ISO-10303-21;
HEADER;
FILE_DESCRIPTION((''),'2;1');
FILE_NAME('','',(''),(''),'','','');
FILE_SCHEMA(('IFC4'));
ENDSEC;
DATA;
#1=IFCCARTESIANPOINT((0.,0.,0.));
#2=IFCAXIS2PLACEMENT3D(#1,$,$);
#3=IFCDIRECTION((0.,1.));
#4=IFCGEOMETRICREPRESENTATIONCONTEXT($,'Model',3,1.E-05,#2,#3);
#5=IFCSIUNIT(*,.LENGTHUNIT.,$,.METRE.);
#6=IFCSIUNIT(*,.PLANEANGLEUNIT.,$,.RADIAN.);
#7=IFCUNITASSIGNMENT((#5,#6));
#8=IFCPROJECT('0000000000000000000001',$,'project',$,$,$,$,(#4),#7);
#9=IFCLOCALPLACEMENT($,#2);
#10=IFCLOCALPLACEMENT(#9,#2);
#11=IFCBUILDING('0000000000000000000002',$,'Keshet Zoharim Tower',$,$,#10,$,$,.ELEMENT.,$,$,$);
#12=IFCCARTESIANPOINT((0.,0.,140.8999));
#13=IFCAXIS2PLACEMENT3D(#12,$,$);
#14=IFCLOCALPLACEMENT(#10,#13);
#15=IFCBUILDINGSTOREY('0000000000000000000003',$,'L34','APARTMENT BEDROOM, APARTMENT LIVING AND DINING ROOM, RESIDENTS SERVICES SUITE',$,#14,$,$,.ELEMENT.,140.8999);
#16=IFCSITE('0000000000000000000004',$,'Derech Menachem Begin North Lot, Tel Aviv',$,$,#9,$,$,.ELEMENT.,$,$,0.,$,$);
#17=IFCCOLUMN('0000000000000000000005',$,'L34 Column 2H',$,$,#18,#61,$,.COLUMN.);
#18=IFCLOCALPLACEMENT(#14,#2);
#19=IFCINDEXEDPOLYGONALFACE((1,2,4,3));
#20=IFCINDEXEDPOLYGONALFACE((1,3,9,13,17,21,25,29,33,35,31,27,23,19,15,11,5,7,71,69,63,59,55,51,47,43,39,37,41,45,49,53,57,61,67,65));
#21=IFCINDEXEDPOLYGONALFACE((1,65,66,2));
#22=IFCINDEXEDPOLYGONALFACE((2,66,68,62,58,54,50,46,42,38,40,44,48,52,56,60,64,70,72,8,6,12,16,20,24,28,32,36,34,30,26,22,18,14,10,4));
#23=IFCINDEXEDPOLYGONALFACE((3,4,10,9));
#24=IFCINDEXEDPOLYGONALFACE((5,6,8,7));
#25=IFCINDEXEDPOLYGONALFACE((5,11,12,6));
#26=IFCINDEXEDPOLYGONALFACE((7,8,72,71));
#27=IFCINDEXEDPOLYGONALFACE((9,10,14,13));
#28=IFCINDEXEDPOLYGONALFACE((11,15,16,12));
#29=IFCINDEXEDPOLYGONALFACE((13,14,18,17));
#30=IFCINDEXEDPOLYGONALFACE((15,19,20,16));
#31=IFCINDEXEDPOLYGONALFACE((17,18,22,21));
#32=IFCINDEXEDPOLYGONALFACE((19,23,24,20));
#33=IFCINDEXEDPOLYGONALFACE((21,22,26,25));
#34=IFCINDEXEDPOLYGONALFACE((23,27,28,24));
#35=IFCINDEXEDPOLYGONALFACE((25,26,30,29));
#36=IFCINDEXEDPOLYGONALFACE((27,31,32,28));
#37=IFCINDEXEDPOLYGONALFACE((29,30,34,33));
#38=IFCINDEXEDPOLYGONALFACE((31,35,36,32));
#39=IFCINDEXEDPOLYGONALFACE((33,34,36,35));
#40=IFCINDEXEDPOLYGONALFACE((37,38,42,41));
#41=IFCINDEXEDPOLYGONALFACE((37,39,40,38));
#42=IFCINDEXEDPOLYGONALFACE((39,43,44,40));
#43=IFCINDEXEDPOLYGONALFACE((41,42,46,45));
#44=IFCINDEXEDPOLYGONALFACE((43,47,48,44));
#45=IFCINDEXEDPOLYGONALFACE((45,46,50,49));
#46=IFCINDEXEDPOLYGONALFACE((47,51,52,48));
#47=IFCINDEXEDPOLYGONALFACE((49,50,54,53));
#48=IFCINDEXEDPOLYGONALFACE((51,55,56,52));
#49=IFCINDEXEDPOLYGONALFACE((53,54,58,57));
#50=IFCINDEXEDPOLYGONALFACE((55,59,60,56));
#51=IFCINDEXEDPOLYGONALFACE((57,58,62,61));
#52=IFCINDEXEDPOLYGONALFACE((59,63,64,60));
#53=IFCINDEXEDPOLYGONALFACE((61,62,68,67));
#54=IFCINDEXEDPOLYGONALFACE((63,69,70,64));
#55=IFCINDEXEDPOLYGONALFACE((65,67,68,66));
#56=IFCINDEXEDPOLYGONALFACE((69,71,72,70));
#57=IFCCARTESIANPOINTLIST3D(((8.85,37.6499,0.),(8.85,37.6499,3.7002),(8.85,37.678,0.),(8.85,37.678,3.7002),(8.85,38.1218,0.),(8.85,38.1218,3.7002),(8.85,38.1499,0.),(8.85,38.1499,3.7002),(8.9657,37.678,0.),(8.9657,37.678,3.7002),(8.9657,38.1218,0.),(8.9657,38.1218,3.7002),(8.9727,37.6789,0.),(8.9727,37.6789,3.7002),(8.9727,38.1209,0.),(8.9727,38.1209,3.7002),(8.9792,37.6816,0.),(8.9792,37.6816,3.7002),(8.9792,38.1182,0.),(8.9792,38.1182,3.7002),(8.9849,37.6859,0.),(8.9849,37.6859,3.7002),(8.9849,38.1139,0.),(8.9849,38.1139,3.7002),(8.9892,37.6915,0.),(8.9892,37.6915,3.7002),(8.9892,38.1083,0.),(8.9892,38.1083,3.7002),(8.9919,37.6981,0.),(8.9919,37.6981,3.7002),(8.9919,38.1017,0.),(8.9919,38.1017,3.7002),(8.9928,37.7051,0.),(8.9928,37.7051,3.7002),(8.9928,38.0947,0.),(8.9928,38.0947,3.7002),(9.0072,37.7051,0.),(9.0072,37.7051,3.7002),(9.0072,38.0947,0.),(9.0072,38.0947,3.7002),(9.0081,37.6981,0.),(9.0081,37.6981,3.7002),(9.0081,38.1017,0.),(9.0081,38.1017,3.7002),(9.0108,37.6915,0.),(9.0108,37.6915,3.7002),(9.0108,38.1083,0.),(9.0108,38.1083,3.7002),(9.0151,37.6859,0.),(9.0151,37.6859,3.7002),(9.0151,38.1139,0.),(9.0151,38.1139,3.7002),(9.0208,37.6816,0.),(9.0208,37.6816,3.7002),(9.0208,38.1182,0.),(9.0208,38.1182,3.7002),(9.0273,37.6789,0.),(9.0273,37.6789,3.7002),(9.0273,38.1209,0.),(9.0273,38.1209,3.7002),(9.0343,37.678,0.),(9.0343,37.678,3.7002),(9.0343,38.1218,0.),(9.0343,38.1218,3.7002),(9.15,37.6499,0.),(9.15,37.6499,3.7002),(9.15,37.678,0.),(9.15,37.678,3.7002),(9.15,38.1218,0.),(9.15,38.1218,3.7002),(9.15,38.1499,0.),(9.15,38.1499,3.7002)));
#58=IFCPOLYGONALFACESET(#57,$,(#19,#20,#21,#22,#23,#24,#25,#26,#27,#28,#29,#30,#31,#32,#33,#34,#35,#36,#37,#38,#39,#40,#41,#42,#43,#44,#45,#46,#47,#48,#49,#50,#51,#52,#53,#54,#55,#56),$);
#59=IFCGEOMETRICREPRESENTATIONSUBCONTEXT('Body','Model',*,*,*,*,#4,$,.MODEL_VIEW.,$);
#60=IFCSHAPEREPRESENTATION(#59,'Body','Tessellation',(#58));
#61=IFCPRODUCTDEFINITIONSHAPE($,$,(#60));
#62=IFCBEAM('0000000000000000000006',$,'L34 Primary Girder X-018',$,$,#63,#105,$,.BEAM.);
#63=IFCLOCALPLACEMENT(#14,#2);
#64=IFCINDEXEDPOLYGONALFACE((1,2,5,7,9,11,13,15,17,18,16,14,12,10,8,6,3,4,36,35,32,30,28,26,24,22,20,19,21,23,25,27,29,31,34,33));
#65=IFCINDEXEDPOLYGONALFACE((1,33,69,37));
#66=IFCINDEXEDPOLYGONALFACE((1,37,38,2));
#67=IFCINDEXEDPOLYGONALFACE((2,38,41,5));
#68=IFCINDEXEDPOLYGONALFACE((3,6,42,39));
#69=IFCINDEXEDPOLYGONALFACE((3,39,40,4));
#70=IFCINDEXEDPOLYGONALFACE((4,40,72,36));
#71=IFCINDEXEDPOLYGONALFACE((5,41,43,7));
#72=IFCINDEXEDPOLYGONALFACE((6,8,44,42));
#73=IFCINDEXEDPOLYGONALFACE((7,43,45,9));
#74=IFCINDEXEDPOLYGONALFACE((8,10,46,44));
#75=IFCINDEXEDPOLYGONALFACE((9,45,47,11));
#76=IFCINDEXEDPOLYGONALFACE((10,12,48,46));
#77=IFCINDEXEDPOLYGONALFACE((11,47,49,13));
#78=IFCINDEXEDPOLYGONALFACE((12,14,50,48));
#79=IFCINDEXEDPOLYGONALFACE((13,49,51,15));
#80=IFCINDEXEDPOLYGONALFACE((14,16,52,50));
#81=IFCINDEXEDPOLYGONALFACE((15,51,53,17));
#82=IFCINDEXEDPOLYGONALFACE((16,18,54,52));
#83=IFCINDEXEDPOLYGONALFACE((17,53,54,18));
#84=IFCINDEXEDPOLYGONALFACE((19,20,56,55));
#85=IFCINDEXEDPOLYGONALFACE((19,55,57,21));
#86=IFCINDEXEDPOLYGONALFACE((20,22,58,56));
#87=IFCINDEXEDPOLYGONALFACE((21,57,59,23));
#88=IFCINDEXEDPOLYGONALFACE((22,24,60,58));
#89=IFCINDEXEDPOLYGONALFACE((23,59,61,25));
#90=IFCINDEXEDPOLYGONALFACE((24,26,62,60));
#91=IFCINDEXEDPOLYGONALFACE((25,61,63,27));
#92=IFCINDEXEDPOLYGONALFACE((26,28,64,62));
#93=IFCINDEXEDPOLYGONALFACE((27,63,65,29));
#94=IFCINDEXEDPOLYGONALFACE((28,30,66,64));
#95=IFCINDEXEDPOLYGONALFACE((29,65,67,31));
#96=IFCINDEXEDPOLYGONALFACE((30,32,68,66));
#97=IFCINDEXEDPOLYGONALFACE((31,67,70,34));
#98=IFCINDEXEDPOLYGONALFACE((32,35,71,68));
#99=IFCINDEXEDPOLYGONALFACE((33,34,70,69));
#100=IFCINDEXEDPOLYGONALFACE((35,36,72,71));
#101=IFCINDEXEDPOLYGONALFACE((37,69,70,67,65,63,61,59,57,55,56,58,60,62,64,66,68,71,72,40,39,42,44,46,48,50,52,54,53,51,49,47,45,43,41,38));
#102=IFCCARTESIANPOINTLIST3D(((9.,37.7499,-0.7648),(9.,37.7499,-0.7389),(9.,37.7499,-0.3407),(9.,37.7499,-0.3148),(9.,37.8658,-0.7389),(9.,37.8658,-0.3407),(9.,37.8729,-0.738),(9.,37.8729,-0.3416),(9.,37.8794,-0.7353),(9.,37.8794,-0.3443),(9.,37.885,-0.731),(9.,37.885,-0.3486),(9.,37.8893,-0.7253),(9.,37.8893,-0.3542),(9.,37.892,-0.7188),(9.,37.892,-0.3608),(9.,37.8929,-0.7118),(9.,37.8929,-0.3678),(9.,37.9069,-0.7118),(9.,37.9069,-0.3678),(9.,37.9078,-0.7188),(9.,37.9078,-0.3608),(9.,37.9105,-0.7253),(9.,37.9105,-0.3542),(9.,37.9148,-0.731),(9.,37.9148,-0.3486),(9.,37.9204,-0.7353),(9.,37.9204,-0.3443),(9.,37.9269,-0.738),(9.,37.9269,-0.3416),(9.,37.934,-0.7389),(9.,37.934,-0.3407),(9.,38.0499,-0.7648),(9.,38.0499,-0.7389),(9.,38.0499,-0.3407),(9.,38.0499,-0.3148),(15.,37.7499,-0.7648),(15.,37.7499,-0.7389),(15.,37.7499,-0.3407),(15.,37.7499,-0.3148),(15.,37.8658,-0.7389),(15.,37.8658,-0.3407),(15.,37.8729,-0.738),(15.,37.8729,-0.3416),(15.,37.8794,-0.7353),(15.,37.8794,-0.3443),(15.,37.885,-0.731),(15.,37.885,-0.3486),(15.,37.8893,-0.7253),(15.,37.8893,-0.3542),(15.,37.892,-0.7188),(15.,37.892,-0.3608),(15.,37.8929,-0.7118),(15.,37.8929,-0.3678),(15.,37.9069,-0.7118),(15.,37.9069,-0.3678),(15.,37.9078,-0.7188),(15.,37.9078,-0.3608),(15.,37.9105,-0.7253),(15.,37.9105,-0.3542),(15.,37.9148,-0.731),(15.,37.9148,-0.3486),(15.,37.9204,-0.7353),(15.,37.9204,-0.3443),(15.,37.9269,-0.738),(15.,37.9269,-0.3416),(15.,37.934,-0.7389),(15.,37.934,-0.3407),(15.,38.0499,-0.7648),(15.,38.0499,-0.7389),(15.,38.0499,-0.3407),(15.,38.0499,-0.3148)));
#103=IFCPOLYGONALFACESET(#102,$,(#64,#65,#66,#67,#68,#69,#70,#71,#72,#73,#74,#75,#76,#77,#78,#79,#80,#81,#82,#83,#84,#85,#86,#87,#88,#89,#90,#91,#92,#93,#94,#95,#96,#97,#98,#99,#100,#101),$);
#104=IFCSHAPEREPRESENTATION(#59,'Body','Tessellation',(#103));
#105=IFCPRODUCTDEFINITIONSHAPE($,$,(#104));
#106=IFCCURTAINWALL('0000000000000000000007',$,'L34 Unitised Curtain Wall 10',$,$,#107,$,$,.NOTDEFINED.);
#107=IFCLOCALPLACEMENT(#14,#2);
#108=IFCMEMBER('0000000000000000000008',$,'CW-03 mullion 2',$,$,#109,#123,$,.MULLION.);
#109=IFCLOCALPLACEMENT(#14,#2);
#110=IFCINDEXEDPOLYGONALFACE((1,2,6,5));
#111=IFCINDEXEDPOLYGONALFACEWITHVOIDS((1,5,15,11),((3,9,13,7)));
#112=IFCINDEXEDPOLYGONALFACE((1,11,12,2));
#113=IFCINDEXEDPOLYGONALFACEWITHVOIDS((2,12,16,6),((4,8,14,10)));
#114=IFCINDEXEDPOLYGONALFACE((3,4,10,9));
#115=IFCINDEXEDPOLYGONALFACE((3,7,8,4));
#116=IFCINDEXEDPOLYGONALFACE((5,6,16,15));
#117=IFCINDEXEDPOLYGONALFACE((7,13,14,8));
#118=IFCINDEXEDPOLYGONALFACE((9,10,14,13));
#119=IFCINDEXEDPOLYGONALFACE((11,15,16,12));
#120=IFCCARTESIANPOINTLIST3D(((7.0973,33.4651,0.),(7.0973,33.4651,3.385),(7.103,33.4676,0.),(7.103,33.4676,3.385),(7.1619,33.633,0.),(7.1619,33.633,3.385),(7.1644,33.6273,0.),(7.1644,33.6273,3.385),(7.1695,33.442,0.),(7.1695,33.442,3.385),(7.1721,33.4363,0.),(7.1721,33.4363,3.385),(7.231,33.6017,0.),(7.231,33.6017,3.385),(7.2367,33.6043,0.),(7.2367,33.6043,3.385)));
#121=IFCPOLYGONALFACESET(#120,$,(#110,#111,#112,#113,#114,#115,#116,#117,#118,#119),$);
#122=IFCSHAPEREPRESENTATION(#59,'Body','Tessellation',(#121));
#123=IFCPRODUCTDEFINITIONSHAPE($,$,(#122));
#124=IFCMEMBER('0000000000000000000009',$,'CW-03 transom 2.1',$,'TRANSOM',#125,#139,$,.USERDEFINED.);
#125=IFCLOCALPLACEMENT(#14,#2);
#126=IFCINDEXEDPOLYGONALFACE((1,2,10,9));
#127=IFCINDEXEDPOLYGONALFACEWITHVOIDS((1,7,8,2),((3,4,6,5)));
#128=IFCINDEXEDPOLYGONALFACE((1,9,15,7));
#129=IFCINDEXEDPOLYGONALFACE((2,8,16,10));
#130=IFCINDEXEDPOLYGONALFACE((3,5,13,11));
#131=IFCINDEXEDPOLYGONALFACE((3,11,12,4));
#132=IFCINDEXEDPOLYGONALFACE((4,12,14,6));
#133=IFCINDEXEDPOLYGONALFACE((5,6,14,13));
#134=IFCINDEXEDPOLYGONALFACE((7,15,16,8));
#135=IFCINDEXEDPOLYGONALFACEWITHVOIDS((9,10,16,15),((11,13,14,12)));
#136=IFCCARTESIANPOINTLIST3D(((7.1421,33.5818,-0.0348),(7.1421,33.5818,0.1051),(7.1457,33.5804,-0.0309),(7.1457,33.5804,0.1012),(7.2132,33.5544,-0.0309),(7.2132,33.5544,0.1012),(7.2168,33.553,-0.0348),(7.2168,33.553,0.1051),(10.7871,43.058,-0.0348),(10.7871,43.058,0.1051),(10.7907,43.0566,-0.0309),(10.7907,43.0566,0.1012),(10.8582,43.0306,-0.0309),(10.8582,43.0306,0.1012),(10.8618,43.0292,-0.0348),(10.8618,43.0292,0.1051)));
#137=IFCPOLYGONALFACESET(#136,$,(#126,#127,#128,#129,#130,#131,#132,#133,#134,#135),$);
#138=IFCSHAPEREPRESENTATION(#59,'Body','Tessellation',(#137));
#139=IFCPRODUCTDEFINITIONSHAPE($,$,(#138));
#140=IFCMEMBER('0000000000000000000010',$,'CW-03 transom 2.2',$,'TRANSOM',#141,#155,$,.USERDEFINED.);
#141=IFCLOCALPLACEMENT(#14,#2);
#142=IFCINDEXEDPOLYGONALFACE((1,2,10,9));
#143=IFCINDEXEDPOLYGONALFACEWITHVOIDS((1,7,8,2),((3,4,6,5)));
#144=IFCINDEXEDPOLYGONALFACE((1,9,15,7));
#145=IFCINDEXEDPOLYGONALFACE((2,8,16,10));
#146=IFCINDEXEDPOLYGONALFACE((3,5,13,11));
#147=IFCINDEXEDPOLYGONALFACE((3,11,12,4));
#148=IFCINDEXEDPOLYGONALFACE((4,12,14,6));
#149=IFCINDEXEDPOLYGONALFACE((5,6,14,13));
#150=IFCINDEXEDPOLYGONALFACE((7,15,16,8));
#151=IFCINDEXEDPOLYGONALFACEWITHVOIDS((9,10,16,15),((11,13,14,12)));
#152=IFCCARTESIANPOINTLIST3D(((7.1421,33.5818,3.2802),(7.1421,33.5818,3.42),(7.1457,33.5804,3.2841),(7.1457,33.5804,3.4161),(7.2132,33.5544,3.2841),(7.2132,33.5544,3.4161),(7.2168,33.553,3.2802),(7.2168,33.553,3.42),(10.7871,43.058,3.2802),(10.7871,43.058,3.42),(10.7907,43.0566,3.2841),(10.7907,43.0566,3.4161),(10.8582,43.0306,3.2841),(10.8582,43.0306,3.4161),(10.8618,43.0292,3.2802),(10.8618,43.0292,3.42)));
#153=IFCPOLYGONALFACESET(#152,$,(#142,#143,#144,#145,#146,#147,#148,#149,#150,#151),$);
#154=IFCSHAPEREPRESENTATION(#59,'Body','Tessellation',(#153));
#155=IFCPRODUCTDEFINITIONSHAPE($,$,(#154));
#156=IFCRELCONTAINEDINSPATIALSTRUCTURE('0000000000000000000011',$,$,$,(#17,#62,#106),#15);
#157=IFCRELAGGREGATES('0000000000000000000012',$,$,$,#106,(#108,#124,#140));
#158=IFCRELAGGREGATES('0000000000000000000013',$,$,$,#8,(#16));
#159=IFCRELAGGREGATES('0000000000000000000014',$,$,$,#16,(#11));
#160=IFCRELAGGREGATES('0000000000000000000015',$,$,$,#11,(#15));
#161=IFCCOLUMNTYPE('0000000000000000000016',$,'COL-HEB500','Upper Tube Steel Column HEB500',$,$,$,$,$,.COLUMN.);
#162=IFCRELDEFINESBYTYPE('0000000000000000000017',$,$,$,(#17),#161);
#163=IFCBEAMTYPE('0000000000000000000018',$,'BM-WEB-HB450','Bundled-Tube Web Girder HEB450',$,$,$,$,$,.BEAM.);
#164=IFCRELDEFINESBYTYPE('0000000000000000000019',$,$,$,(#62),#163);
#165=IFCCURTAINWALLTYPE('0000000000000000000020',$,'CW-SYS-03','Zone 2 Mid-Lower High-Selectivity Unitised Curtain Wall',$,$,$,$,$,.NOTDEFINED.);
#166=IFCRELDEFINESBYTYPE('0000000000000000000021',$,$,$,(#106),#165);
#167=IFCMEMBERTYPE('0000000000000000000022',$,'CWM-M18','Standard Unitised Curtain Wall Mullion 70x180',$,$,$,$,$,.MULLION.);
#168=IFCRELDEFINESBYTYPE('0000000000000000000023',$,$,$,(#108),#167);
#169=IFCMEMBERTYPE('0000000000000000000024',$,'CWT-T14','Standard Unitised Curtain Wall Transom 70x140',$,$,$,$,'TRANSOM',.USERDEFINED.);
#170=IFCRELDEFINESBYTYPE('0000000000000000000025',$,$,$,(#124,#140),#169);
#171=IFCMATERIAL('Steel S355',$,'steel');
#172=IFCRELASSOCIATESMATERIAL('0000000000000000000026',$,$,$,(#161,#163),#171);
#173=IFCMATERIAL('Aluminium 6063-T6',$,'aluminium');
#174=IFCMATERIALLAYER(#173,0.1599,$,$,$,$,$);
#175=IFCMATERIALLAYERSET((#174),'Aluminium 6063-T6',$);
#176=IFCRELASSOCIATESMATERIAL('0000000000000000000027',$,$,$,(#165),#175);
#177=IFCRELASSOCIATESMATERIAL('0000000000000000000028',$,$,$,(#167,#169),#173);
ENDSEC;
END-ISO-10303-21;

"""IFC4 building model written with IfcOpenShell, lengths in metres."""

from ifc_helpers import new_model, si_unit, direction, frame, origin, origin_2d, place, context, subcontext, project, spatial, hollow_rectangle, i_section, extrude, material, layer, layer_set, material_profile, profile_set, type_object, element, aggregate, save


model = new_model("IFC4")

# Units and contexts
model_context = context("Model", 3, precision=1e-05, world=origin(), true_north=direction((0.0, 1.0)))
body_context = subcontext(model_context, "Body", "Model", "MODEL_VIEW")
ifc_project = project(units=[si_unit("LENGTHUNIT", "METRE"), si_unit("PLANEANGLEUNIT", "RADIAN")], contexts=[model_context])

# Site, building, storey
site_placement = place(None, origin())
site = spatial("IfcSite", under=ifc_project, at=site_placement, Name="Derech Menachem Begin North Lot, Tel Aviv", CompositionType="ELEMENT", RefElevation=0.0)
building_placement = place(site_placement, origin())
building = spatial("IfcBuilding", under=site, at=building_placement, Name="Keshet Zoharim Tower", CompositionType="ELEMENT")
storey_placement = place(building_placement, frame((0.0, 0.0, 140.8999)))
storey = spatial("IfcBuildingStorey", under=building, at=storey_placement, Name="L34", Description="APARTMENT BEDROOM, APARTMENT LIVING AND DINING ROOM, RESIDENTS SERVICES SUITE", CompositionType="ELEMENT", Elevation=140.8999)

# Column
ifc_material_1 = material(Name="Steel S355", Category="steel")
ifc_material_profile_1 = material_profile(ifc_material_1, i_section(OverallWidth=0.3, OverallDepth=0.5, WebThickness=0.0144, FlangeThickness=0.0281, FilletRadius=0.0271, at=origin_2d()), Name="HEB500")
ifc_profile_set_1 = profile_set([ifc_material_profile_1], Name="Steel S355")
column_type = type_object("IfcColumnType", Name="COL-HEB500", Description="Upper Tube Steel Column HEB500", PredefinedType="COLUMN", material=ifc_profile_set_1)
column_placement = place(storey_placement, frame((9.0, 37.8999, 0.0), z_axis=(0.0, 0.0, 1.0), x_axis=(1.0, 0.0, 0.0)))
element("IfcColumn", 1, at=column_placement, inside=storey, type_object=column_type, Name="L34 Column 2H", PredefinedType="COLUMN", context=body_context, shape_type="SweptSolid", body=[
    extrude(i_section(OverallWidth=0.3, OverallDepth=0.5, WebThickness=0.0144, FlangeThickness=0.0281, FilletRadius=0.0271, at=origin_2d()), origin(), (0.0, 0.0, 1.0), 3.7002),
])

# Beam
ifc_material_profile_2 = material_profile(ifc_material_1, i_section(OverallWidth=0.3, OverallDepth=0.45, WebThickness=0.0139, FlangeThickness=0.0259, FilletRadius=0.0271, at=origin_2d()), Name="HEB450")
ifc_profile_set_2 = profile_set([ifc_material_profile_2], Name="Steel S355")
beam_type = type_object("IfcBeamType", Name="BM-WEB-HB450", Description="Bundled-Tube Web Girder HEB450", PredefinedType="BEAM", material=ifc_profile_set_2)
beam_placement = place(storey_placement, frame((9.0, 37.8999, -0.5398), z_axis=(1.0, 0.0, 0.0), x_axis=(0.0, 1.0, 0.0)))
element("IfcBeam", 2, at=beam_placement, inside=storey, type_object=beam_type, Name="L34 Primary Girder X-018", PredefinedType="BEAM", context=body_context, shape_type="SweptSolid", body=[
    extrude(i_section(OverallWidth=0.3, OverallDepth=0.45, WebThickness=0.0139, FlangeThickness=0.0259, FilletRadius=0.0271, at=origin_2d()), origin(), (0.0, 0.0, 1.0), 6.0),
])

# Curtain wall, members
ifc_material_2 = material(Name="Aluminium 6063-T6", Category="aluminium")
ifc_layer_1 = layer(ifc_material_2, 0.1599)
ifc_layer_set_1 = layer_set([ifc_layer_1], Name="Aluminium 6063-T6")
curtain_wall_type = type_object("IfcCurtainWallType", Name="CW-SYS-03", Description="Zone 2 Mid-Lower High-Selectivity Unitised Curtain Wall", PredefinedType="NOTDEFINED", material=ifc_layer_set_1)
curtain_wall_placement = place(storey_placement, origin())
curtain_wall = element("IfcCurtainWall", 3, at=curtain_wall_placement, inside=storey, type_object=curtain_wall_type, Name="L34 Unitised Curtain Wall 10", PredefinedType="NOTDEFINED")
ifc_material_profile_3 = material_profile(ifc_material_2, hollow_rectangle(XDim=0.0801, YDim=0.1799, WallThickness=0.0044, at=origin_2d()), Name="MUL-80x180")
ifc_profile_set_3 = profile_set([ifc_material_profile_3], Name="Aluminium 6063-T6")
member_type_1 = type_object("IfcMemberType", Name="CWM-M18", Description="Standard Unitised Curtain Wall Mullion 70x180", PredefinedType="MULLION", material=ifc_profile_set_3)
member_1_placement = place(storey_placement, frame((7.167, 33.5347, 0.0), z_axis=(0.0, 0.0, 1.0), x_axis=(-0.933341, 0.35899, 0.0)))
member_1 = element("IfcMember", 4, at=member_1_placement, type_object=member_type_1, Name="CW-03 mullion 2", PredefinedType="MULLION", context=body_context, shape_type="SweptSolid", body=[
    extrude(hollow_rectangle(XDim=0.0801, YDim=0.1799, WallThickness=0.0044, at=origin_2d()), origin(), (0.0, 0.0, 1.0), 3.385),
])
ifc_material_profile_4 = material_profile(ifc_material_2, hollow_rectangle(XDim=0.0801, YDim=0.1399, WallThickness=0.0039, at=origin_2d()), Name="TRN-80x140")
ifc_profile_set_4 = profile_set([ifc_material_profile_4], Name="Aluminium 6063-T6")
member_type_2 = type_object("IfcMemberType", Name="CWT-T14", Description="Standard Unitised Curtain Wall Transom 70x140", ElementType="TRANSOM", PredefinedType="USERDEFINED", material=ifc_profile_set_4)
member_2_placement = place(storey_placement, frame((7.1794, 33.5674, 0.0352), z_axis=(0.359003, 0.933336, 0.0), x_axis=(-0.933336, 0.359003, 0.0)))
member_2 = element("IfcMember", 5, at=member_2_placement, type_object=member_type_2, Name="CW-03 transom 2.1", ObjectType="TRANSOM", PredefinedType="USERDEFINED", context=body_context, shape_type="SweptSolid", body=[
    extrude(hollow_rectangle(XDim=0.0801, YDim=0.1399, WallThickness=0.0039, at=origin_2d()), origin(), (0.0, 0.0, 1.0), 10.1531),
])
member_3_placement = place(storey_placement, frame((7.1794, 33.5674, 3.3501), z_axis=(0.359003, 0.933336, 0.0), x_axis=(-0.933336, 0.359003, 0.0)))
member_3 = element("IfcMember", 6, at=member_3_placement, type_object=member_type_2, Name="CW-03 transom 2.2", ObjectType="TRANSOM", PredefinedType="USERDEFINED", context=body_context, shape_type="SweptSolid", body=[
    extrude(hollow_rectangle(XDim=0.0801, YDim=0.1399, WallThickness=0.0039, at=origin_2d()), origin(), (0.0, 0.0, 1.0), 10.1531),
])

aggregate(curtain_wall, [member_1, member_2, member_3])

save(model, "model.ifc")
